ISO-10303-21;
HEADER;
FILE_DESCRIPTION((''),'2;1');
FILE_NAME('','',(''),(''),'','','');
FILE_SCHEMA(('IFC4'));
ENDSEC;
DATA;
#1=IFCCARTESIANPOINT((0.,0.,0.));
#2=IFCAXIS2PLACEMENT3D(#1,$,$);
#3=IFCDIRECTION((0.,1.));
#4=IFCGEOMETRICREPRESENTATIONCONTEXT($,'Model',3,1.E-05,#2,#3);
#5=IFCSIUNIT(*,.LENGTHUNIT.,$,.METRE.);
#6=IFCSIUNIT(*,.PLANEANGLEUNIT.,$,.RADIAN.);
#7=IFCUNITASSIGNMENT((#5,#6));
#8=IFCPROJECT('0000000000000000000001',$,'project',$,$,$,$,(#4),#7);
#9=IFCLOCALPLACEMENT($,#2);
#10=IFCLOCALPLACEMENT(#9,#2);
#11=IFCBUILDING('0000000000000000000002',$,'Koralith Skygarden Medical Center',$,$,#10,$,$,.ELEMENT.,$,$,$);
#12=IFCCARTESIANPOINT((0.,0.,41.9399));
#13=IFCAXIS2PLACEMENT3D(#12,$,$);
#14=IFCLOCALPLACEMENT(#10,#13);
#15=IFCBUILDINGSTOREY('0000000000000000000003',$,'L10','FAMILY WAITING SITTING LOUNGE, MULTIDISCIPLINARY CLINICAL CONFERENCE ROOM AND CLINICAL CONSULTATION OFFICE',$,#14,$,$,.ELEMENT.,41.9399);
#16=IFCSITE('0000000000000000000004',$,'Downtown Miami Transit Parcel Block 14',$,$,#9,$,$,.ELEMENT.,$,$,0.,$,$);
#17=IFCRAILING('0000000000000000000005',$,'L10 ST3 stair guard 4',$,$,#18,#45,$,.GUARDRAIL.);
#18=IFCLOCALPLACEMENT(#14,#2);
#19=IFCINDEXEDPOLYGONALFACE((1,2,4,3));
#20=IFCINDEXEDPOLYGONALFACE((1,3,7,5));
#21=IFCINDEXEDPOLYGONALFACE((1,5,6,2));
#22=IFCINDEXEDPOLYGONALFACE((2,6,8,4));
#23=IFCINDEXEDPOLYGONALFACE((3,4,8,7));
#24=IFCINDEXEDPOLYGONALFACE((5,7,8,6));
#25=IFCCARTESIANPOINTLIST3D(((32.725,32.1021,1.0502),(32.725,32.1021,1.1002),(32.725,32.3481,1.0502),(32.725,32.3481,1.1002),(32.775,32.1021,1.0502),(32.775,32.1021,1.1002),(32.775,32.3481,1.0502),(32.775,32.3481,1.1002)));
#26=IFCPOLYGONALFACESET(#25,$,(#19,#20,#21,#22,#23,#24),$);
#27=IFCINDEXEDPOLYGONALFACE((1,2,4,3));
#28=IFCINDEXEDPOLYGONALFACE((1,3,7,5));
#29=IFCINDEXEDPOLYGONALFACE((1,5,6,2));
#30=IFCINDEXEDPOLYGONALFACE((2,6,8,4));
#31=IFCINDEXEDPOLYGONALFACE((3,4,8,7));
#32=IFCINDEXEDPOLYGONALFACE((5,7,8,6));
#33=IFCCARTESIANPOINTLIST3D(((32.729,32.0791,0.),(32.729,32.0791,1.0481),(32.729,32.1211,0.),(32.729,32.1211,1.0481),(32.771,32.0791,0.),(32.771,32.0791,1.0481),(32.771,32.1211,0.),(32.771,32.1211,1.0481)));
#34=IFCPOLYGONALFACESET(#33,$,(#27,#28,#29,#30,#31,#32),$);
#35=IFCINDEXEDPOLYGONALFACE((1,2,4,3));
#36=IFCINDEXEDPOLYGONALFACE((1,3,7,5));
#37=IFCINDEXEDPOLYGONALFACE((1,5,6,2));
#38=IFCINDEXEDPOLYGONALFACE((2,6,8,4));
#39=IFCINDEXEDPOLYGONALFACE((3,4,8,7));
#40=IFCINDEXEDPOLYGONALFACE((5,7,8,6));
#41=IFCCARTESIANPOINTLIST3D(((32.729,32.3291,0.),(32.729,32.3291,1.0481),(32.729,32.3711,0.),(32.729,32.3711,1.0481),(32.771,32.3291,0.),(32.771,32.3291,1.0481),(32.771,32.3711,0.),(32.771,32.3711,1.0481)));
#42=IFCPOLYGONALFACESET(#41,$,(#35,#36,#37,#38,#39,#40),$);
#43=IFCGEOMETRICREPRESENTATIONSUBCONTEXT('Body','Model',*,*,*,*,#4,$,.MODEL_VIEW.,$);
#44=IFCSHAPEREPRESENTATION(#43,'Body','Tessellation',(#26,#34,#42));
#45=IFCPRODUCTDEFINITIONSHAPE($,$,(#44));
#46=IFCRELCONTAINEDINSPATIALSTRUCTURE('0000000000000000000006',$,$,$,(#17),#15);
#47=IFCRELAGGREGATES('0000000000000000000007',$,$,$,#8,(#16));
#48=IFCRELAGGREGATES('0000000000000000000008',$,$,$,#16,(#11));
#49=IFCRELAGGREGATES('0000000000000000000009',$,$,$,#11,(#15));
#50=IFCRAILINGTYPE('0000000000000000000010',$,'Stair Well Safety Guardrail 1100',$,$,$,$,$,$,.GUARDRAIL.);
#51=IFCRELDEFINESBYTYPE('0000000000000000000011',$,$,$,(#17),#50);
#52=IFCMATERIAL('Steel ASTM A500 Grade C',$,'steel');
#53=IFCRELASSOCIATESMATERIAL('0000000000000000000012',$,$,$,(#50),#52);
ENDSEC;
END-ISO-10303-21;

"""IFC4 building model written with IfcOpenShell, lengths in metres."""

from ifc_helpers import new_model, si_unit, direction, frame, origin, origin_2d, place, context, subcontext, project, spatial, rectangle, extrude, material, type_object, element, save


model = new_model("IFC4")

# Units and contexts
model_context = context("Model", 3, precision=1e-05, world=origin(), true_north=direction((0.0, 1.0)))
body_context = subcontext(model_context, "Body", "Model", "MODEL_VIEW")
ifc_project = project(units=[si_unit("LENGTHUNIT", "METRE"), si_unit("PLANEANGLEUNIT", "RADIAN")], contexts=[model_context])

# Site, building, storey
site_placement = place(None, origin())
site = spatial("IfcSite", under=ifc_project, at=site_placement, Name="Downtown Miami Transit Parcel Block 14", CompositionType="ELEMENT", RefElevation=0.0)
building_placement = place(site_placement, origin())
building = spatial("IfcBuilding", under=site, at=building_placement, Name="Koralith Skygarden Medical Center", CompositionType="ELEMENT")
storey_placement = place(building_placement, frame((0.0, 0.0, 41.9399)))
storey = spatial("IfcBuildingStorey", under=building, at=storey_placement, Name="L10", Description="FAMILY WAITING SITTING LOUNGE, MULTIDISCIPLINARY CLINICAL CONFERENCE ROOM AND CLINICAL CONSULTATION OFFICE", CompositionType="ELEMENT", Elevation=41.9399)

# Railing
ifc_material_1 = material(Name="Steel ASTM A500 Grade C", Category="steel")
railing_type = type_object("IfcRailingType", Name="Stair Well Safety Guardrail 1100", PredefinedType="GUARDRAIL", material=ifc_material_1)
railing_1_placement = place(storey_placement, frame((32.75, 32.1001, 0.0)))
element("IfcRailing", 1, at=railing_1_placement, inside=storey, type_object=railing_type, Name="L10 ST3 stair guard 4", PredefinedType="GUARDRAIL", context=body_context, shape_type="SweptSolid", body=[
    extrude(rectangle(XDim=0.05, YDim=0.05, at=origin_2d()), frame((0.0, 0.002, 1.0752), z_axis=(0.0, 1.0, 0.0), x_axis=(-1.0, 0.0, 0.0)), (0.0, 0.0, 1.0), 0.2461),
    extrude(rectangle(XDim=0.042, YDim=0.042, at=origin_2d()), origin(), (0.0, 0.0, 1.0), 1.0481),
    extrude(rectangle(XDim=0.042, YDim=0.042, at=origin_2d()), frame((0.0, 0.25, 0.0)), (0.0, 0.0, 1.0), 1.0481),
])

save(model, "model.ifc")
